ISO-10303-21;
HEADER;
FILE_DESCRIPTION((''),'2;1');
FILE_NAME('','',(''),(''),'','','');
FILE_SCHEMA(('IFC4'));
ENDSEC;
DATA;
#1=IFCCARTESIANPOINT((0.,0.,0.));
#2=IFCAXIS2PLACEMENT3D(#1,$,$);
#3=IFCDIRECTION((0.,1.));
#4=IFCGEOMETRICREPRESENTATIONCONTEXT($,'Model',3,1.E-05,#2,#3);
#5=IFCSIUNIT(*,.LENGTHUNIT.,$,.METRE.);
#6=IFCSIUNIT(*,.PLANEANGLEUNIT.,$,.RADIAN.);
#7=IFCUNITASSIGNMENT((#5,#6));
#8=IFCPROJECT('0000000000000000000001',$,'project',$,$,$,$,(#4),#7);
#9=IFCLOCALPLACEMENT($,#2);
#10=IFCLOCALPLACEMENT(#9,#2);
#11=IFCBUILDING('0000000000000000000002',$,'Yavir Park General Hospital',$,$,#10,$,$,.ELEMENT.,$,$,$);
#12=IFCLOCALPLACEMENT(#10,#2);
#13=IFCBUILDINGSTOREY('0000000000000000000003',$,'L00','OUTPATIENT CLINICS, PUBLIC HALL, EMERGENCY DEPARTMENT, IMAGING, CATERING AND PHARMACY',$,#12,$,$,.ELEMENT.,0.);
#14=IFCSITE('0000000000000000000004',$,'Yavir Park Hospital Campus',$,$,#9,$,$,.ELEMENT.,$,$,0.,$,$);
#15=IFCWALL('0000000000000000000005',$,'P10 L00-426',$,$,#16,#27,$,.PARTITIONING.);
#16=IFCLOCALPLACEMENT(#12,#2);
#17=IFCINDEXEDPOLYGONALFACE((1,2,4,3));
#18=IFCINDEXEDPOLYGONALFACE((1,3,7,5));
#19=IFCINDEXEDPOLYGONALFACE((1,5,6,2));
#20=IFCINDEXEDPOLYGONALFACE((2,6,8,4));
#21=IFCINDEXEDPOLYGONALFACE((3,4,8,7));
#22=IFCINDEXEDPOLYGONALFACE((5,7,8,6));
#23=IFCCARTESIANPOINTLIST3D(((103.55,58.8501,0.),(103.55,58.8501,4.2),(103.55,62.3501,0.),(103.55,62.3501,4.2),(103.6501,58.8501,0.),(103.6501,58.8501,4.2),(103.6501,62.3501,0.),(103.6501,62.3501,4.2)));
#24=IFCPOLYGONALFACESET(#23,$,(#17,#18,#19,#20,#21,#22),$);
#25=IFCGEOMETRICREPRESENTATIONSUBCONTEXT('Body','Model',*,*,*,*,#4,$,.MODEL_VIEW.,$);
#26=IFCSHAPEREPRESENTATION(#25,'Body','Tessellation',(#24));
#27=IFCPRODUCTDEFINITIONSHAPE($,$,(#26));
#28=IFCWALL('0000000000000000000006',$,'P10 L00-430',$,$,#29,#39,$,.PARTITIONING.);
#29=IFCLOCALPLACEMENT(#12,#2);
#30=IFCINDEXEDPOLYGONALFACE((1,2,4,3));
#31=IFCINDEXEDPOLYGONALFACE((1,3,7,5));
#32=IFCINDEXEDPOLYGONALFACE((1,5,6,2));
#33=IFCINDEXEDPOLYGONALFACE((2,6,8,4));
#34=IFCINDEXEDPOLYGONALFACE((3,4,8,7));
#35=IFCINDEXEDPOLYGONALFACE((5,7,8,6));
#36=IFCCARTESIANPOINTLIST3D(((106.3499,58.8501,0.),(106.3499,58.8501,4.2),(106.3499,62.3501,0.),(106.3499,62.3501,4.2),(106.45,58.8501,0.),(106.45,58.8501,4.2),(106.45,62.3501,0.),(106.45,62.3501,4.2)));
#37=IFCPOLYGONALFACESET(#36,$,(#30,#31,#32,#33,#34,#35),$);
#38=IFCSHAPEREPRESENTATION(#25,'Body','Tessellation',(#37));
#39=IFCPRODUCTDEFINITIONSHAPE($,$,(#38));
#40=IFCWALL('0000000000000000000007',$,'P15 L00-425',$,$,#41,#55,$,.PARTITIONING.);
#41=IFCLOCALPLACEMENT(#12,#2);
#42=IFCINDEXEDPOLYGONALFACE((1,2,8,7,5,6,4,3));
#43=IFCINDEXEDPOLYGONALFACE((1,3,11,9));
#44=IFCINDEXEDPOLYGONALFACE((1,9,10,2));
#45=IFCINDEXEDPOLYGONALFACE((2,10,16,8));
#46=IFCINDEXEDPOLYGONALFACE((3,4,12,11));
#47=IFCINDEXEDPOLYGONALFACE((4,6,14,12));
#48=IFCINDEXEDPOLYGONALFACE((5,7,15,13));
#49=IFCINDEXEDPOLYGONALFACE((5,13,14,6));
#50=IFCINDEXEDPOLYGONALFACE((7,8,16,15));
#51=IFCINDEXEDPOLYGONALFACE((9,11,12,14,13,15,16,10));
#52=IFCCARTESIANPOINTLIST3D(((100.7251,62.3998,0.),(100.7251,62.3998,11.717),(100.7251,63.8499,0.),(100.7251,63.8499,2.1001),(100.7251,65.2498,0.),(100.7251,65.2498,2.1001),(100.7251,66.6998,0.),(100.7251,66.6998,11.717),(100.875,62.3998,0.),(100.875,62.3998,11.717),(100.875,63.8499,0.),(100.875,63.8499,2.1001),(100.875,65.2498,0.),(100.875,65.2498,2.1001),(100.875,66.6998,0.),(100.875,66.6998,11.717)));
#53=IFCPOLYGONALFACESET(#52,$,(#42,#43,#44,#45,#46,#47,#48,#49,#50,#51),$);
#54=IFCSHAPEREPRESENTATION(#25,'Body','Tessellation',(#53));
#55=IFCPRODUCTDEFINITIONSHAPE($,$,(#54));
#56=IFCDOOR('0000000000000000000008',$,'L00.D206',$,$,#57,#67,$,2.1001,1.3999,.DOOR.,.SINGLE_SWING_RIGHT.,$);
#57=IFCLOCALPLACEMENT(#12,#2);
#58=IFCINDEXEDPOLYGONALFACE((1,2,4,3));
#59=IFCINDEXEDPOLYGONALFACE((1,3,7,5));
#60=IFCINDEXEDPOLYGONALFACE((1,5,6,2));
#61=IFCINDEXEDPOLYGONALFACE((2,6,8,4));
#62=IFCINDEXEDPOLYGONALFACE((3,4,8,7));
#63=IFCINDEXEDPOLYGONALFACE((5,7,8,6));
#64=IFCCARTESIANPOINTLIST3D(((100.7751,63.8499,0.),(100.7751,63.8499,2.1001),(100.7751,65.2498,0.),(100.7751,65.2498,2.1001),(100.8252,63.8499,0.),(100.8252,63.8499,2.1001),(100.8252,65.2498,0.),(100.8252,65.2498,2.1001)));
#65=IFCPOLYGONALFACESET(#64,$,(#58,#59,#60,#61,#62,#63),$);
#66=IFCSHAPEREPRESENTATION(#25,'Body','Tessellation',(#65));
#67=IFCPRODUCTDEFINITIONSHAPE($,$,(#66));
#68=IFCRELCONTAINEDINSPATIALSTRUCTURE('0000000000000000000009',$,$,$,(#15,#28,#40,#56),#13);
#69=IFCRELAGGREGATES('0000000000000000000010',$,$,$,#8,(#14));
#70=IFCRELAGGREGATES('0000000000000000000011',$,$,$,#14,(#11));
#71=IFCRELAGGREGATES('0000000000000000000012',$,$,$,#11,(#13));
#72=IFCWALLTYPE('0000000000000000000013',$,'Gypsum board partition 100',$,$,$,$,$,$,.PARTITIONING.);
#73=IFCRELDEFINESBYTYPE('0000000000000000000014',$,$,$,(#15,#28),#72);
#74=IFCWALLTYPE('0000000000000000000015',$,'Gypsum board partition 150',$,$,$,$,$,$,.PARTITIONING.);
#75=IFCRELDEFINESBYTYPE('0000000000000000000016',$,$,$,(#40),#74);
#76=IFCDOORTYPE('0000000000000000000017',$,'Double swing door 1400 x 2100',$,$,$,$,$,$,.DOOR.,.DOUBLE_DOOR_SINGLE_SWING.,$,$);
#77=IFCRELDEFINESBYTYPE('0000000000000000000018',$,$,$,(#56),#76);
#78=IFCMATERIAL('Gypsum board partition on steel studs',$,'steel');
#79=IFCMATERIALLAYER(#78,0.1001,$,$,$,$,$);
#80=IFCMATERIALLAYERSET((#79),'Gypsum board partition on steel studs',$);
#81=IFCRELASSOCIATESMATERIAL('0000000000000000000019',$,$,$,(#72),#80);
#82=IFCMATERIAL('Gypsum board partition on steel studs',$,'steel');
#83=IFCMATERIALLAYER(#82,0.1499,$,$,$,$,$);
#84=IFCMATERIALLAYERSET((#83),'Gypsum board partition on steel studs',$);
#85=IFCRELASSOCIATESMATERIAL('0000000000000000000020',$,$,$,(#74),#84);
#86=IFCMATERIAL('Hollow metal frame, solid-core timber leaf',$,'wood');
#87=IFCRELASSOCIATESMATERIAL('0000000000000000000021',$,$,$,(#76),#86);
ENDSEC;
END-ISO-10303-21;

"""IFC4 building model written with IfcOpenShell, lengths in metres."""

from ifc_helpers import new_model, si_unit, direction, frame, frame_2d, origin, place, context, subcontext, project, spatial, rectangle, extrude, material, layer, layer_set, type_object, element, fill, save


model = new_model("IFC4")

# Units and contexts
model_context = context("Model", 3, precision=1e-05, world=origin(), true_north=direction((0.0, 1.0)))
body_context = subcontext(model_context, "Body", "Model", "MODEL_VIEW")
ifc_project = project(units=[si_unit("LENGTHUNIT", "METRE"), si_unit("PLANEANGLEUNIT", "RADIAN")], contexts=[model_context])

# Site, building, storey
site_placement = place(None, origin())
site = spatial("IfcSite", under=ifc_project, at=site_placement, Name="Yavir Park Hospital Campus", CompositionType="ELEMENT", RefElevation=0.0)
building_placement = place(site_placement, origin())
building = spatial("IfcBuilding", under=site, at=building_placement, Name="Yavir Park General Hospital", CompositionType="ELEMENT")
storey_placement = place(building_placement, origin())
storey = spatial("IfcBuildingStorey", under=building, at=storey_placement, Name="L00", Description="OUTPATIENT CLINICS, PUBLIC HALL, EMERGENCY DEPARTMENT, IMAGING, CATERING AND PHARMACY", CompositionType="ELEMENT", Elevation=0.0)

# Shared definitions
ifc_material_1 = material(Name="Gypsum board partition on steel studs", Category="steel")
ifc_layer_1 = layer(ifc_material_1, 0.1001)
ifc_layer_set_1 = layer_set([ifc_layer_1], Name="Gypsum board partition on steel studs")
wall_type_1 = type_object("IfcWallType", Name="Gypsum board partition 100", PredefinedType="PARTITIONING", material=ifc_layer_set_1)

# Walls
for number, where, z_axis, x_axis, name in (
    (1, (103.6001, 58.8501, 0.0), (0.0, 0.0, 1.0), (0.0, 1.0, 0.0), "P10 L00-426"),
    (2, (106.3999, 58.8501, 0.0), (0.0, 0.0, 1.0), (0.0, 1.0, 0.0), "P10 L00-430"),
):
    element("IfcWall", number, at=place(storey_placement, frame(where, z_axis=z_axis, x_axis=x_axis)), inside=storey, type_object=wall_type_1, Name=name, PredefinedType="PARTITIONING", context=body_context, shape_type="SweptSolid", body=[
        extrude(rectangle(XDim=3.5, YDim=0.1001, at=frame_2d((1.75, 0.0))), origin(), (0.0, 0.0, 1.0), 4.2),
    ])

# Wall, opening, door
ifc_material_2 = material(Name="Gypsum board partition on steel studs", Category="steel")
ifc_layer_2 = layer(ifc_material_2, 0.1499)
ifc_layer_set_2 = layer_set([ifc_layer_2], Name="Gypsum board partition on steel studs")
wall_type_2 = type_object("IfcWallType", Name="Gypsum board partition 150", PredefinedType="PARTITIONING", material=ifc_layer_set_2)
wall_1_placement = place(storey_placement, frame((100.8, 62.3999, 0.0), z_axis=(0.0, 0.0, 1.0), x_axis=(0.0, 1.0, 0.0)))
wall_1 = element("IfcWall", 3, at=wall_1_placement, inside=storey, type_object=wall_type_2, Name="P15 L00-425", PredefinedType="PARTITIONING", context=body_context, shape_type="SweptSolid", body=[
    extrude(rectangle(XDim=4.3, YDim=0.1499, at=frame_2d((2.1499, 0.0))), origin(), (0.0, 0.0, 1.0), 11.717),
])
opening_1_placement = place(wall_1_placement, frame((1.45, 0.0, 0.0)))
opening_1 = element("IfcOpeningElement", 4, at=opening_1_placement, cuts=wall_1, PredefinedType="OPENING", context=body_context, shape_type="SweptSolid", body=[
    extrude(rectangle(XDim=1.3999, YDim=2.1001, at=frame_2d((0.7, 1.05))), frame((0.0, 0.085, 0.0), z_axis=(0.0, -1.0, 0.0), x_axis=(1.0, 0.0, 0.0)), (0.0, 0.0, 1.0), 0.1699),
])
ifc_material_3 = material(Name="Hollow metal frame, solid-core timber leaf", Category="wood")
door_type_1 = type_object("IfcDoorType", Name="Double swing door 1400 x 2100", OperationType="DOUBLE_DOOR_SINGLE_SWING", PredefinedType="DOOR", material=ifc_material_3)
door_1_placement = place(opening_1_placement, origin())
door_1 = element("IfcDoor", 5, at=door_1_placement, inside=storey, type_object=door_type_1, Name="L00.D206", OperationType="SINGLE_SWING_RIGHT", OverallHeight=2.1001, OverallWidth=1.3999, PredefinedType="DOOR", context=body_context, shape_type="SweptSolid", body=[
    extrude(rectangle(XDim=1.3999, YDim=2.1001, at=frame_2d((0.7, 1.05))), frame((0.0, 0.0249, 0.0), z_axis=(0.0, -1.0, 0.0), x_axis=(1.0, 0.0, 0.0)), (0.0, 0.0, 1.0), 0.05),
])
fill(opening_1, door_1)

save(model, "model.ifc")
